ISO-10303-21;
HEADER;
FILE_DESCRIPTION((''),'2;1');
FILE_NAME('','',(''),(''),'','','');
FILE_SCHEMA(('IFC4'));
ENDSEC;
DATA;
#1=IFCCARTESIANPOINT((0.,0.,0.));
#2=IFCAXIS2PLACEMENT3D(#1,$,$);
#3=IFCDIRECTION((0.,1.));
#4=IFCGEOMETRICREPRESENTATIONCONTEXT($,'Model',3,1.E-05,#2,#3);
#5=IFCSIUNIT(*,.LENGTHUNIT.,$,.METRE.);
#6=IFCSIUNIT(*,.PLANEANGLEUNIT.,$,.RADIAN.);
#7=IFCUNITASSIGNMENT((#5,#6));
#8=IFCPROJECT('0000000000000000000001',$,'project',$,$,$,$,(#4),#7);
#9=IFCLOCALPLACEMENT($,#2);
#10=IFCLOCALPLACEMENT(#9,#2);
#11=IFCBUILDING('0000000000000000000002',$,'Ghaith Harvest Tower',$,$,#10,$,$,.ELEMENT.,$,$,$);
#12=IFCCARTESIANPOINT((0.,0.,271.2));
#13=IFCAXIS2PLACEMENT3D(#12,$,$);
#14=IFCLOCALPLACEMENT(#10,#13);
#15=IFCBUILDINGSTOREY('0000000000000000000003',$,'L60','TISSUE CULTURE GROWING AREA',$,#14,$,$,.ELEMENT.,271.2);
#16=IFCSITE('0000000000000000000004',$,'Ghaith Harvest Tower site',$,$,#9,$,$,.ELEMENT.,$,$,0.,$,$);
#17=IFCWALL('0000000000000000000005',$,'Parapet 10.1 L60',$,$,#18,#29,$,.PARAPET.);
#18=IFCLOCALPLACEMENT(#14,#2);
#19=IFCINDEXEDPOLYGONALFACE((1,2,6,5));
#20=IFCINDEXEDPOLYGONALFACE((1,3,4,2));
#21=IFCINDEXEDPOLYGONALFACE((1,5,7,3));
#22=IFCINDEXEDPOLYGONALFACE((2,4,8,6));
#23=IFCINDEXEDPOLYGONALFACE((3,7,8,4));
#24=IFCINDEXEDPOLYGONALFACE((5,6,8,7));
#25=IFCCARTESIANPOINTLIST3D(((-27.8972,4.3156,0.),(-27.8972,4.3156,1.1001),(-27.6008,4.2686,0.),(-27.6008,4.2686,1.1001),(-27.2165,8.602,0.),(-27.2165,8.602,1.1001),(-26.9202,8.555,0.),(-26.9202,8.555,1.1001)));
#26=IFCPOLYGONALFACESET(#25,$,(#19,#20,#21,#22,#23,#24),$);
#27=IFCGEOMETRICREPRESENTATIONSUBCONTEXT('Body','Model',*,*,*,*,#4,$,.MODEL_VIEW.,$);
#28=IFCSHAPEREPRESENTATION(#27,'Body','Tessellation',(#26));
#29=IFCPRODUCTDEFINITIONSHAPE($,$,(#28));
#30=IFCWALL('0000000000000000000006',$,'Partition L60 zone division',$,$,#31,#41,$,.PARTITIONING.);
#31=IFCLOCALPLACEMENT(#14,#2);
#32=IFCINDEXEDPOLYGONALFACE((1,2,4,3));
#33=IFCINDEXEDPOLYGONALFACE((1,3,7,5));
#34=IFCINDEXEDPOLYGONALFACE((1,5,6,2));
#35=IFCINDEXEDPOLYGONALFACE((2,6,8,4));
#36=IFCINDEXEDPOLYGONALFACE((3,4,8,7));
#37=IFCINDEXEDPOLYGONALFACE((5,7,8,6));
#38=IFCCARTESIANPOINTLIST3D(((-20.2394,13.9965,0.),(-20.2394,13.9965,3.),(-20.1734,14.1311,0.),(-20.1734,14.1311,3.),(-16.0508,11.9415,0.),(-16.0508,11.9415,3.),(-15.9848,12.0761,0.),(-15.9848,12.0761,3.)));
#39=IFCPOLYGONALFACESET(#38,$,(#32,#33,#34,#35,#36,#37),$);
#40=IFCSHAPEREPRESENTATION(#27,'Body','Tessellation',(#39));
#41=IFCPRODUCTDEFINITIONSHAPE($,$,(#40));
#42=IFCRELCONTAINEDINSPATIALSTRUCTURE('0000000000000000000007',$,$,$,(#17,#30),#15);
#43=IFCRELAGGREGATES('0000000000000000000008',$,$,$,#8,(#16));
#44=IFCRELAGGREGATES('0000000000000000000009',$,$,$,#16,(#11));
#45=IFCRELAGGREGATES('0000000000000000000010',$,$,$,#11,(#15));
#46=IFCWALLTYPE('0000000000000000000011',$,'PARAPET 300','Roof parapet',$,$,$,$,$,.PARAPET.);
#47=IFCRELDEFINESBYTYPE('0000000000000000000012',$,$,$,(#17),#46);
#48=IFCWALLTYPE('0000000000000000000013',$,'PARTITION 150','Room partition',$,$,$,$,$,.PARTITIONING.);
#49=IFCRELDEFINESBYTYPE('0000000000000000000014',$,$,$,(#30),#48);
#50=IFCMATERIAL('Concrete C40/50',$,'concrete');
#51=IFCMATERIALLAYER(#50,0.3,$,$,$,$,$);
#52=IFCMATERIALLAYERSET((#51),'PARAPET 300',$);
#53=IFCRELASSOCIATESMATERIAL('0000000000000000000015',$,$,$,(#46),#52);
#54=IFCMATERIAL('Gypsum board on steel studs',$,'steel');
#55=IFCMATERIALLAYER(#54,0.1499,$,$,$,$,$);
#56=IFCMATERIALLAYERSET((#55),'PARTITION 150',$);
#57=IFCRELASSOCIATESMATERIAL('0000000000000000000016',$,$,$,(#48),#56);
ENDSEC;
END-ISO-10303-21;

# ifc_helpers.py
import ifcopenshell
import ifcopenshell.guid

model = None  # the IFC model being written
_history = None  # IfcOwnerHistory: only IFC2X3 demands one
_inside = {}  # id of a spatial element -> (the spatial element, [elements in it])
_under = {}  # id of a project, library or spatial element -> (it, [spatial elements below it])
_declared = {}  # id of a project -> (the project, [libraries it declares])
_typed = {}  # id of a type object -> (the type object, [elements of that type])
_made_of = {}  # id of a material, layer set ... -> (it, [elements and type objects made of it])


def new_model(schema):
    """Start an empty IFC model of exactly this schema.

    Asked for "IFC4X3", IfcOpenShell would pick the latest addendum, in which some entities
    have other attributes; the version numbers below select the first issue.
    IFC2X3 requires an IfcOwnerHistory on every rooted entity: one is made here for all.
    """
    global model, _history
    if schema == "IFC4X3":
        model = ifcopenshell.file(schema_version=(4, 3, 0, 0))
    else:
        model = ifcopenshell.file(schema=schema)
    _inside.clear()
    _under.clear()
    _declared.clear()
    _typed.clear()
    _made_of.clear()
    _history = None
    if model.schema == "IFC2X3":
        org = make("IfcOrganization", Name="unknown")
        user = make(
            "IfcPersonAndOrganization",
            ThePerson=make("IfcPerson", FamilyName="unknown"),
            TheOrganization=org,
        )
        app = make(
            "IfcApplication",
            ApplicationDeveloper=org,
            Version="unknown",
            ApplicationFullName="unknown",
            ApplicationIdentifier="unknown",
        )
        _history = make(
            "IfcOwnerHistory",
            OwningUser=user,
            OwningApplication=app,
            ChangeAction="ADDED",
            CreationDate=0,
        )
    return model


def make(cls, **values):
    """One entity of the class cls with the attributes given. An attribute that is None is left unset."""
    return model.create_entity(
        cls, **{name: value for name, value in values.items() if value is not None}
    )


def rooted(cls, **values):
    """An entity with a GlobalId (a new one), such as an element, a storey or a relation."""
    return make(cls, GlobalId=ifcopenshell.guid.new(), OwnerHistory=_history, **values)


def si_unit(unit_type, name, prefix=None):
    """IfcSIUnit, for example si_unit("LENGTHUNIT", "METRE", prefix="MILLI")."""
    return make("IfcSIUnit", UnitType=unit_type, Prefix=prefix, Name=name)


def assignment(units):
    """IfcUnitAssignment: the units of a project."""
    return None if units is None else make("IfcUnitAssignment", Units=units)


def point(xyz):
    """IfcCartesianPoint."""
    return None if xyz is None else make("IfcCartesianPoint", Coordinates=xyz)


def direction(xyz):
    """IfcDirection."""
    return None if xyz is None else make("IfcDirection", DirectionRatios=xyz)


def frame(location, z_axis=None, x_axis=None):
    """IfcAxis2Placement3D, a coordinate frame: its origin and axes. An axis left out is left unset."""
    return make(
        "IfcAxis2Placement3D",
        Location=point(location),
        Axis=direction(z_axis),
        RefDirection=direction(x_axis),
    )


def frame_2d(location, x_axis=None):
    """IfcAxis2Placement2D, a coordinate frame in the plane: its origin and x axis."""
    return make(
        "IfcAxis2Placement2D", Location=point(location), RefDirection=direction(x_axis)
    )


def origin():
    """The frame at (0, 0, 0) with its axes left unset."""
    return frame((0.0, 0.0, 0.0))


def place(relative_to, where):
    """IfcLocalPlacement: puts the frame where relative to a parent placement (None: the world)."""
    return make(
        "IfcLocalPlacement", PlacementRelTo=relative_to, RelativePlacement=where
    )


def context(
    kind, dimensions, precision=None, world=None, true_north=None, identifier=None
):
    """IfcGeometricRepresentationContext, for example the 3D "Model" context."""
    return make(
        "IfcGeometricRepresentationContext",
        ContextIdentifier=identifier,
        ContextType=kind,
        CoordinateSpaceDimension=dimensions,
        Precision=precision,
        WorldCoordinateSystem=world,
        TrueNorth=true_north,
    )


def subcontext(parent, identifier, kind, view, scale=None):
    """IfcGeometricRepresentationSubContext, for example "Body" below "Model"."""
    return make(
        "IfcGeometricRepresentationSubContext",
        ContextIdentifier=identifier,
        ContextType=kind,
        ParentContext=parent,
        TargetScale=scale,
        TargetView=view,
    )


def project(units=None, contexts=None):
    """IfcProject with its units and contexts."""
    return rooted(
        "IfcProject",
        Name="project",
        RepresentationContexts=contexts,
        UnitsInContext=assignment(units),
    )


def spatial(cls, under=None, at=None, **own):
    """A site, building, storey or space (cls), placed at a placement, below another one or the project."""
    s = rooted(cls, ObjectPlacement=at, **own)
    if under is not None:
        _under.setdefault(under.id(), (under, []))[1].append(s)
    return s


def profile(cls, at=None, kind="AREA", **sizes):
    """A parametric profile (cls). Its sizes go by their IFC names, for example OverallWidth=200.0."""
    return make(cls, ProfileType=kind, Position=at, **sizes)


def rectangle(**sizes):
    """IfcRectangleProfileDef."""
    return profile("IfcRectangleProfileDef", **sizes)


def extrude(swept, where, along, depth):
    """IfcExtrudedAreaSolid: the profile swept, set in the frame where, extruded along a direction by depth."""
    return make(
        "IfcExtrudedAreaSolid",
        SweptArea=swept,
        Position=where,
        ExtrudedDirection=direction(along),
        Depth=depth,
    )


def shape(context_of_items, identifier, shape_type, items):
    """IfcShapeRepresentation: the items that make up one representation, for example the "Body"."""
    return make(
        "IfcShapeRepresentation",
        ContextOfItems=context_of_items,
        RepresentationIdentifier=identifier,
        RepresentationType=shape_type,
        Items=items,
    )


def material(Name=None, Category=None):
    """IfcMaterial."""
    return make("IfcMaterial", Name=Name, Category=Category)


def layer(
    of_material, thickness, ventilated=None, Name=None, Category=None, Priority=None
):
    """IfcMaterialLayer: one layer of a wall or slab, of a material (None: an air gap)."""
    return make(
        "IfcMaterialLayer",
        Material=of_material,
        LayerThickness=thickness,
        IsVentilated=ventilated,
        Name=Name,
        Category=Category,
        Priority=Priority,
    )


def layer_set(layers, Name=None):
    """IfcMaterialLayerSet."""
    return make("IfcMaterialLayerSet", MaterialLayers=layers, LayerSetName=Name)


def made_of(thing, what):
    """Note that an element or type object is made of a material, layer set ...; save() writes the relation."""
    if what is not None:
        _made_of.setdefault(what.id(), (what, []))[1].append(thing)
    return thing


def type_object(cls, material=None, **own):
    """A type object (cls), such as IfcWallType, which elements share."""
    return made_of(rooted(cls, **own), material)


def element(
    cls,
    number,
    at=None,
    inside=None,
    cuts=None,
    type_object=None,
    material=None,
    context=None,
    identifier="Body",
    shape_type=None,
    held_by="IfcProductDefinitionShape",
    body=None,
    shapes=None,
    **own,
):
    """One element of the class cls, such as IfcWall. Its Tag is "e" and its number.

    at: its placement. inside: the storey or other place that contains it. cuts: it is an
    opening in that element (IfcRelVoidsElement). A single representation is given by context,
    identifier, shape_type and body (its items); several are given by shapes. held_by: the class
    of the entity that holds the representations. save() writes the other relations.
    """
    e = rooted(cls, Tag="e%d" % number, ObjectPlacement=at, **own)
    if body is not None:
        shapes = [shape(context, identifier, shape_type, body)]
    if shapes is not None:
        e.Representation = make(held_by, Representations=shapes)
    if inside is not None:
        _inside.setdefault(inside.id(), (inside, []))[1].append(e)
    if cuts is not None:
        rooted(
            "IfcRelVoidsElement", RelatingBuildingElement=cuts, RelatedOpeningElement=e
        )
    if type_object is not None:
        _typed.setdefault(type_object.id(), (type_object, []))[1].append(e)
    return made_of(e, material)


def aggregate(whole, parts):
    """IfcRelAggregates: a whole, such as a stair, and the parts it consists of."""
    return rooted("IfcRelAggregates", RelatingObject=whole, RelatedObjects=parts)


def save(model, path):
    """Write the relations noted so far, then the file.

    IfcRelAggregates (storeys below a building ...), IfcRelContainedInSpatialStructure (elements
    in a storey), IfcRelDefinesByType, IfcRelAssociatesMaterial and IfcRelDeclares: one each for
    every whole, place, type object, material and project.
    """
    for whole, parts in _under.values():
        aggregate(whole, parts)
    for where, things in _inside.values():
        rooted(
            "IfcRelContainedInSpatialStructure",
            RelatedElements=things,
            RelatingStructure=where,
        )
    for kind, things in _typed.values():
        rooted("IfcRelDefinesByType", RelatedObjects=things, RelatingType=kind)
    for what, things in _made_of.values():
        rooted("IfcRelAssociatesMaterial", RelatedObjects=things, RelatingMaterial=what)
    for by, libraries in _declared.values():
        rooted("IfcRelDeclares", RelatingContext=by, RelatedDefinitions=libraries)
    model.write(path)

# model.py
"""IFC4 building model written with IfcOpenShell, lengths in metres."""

from ifc_helpers import new_model, si_unit, direction, frame, frame_2d, origin, place, context, subcontext, project, spatial, rectangle, extrude, material, layer, layer_set, type_object, element, save


model = new_model("IFC4")

# Units and contexts
model_context = context("Model", 3, precision=1e-05, world=origin(), true_north=direction((0.0, 1.0)))
body_context = subcontext(model_context, "Body", "Model", "MODEL_VIEW")
ifc_project = project(units=[si_unit("LENGTHUNIT", "METRE"), si_unit("PLANEANGLEUNIT", "RADIAN")], contexts=[model_context])

# Site, building, storey
site_placement = place(None, origin())
site = spatial("IfcSite", under=ifc_project, at=site_placement, Name="Ghaith Harvest Tower site", CompositionType="ELEMENT", RefElevation=0.0)
building_placement = place(site_placement, origin())
building = spatial("IfcBuilding", under=site, at=building_placement, Name="Ghaith Harvest Tower", CompositionType="ELEMENT")
storey_placement = place(building_placement, frame((0.0, 0.0, 271.2)))
storey = spatial("IfcBuildingStorey", under=building, at=storey_placement, Name="L60", Description="TISSUE CULTURE GROWING AREA", CompositionType="ELEMENT", Elevation=271.2)

# Walls
ifc_material_1 = material(Name="Concrete C40/50", Category="concrete")
ifc_layer_1 = layer(ifc_material_1, 0.3)
ifc_layer_set_1 = layer_set([ifc_layer_1], Name="PARAPET 300")
wall_type_1 = type_object("IfcWallType", Name="PARAPET 300", Description="Roof parapet", PredefinedType="PARAPET", material=ifc_layer_set_1)
wall_1_placement = place(storey_placement, frame((-27.0684, 8.5784, 0.0), z_axis=(0.0, 0.0, 1.0), x_axis=(-0.156832, -0.987625, 0.0)))
element("IfcWall", 1, at=wall_1_placement, inside=storey, type_object=wall_type_1, Name="Parapet 10.1 L60", PredefinedType="PARAPET", context=body_context, shape_type="SweptSolid", body=[
    extrude(rectangle(XDim=4.3401, YDim=0.3, at=frame_2d((2.1699, 0.0))), origin(), (0.0, 0.0, 1.0), 1.1001),
])
ifc_material_2 = material(Name="Gypsum board on steel studs", Category="steel")
ifc_layer_2 = layer(ifc_material_2, 0.1499)
ifc_layer_set_2 = layer_set([ifc_layer_2], Name="PARTITION 150")
wall_type_2 = type_object("IfcWallType", Name="PARTITION 150", Description="Room partition", PredefinedType="PARTITIONING", material=ifc_layer_set_2)
wall_2_placement = place(storey_placement, frame((-16.0178, 12.0088, 0.0), z_axis=(0.0, 0.0, 1.0), x_axis=(-0.897772, 0.440461, 0.0)))
element("IfcWall", 2, at=wall_2_placement, inside=storey, type_object=wall_type_2, Name="Partition L60 zone division", PredefinedType="PARTITIONING", context=body_context, shape_type="SweptSolid", body=[
    extrude(rectangle(XDim=4.6655, YDim=0.1499, at=frame_2d((2.3328, 0.0))), origin(), (0.0, 0.0, 1.0), 3.0),
])

save(model, "model.ifc")
